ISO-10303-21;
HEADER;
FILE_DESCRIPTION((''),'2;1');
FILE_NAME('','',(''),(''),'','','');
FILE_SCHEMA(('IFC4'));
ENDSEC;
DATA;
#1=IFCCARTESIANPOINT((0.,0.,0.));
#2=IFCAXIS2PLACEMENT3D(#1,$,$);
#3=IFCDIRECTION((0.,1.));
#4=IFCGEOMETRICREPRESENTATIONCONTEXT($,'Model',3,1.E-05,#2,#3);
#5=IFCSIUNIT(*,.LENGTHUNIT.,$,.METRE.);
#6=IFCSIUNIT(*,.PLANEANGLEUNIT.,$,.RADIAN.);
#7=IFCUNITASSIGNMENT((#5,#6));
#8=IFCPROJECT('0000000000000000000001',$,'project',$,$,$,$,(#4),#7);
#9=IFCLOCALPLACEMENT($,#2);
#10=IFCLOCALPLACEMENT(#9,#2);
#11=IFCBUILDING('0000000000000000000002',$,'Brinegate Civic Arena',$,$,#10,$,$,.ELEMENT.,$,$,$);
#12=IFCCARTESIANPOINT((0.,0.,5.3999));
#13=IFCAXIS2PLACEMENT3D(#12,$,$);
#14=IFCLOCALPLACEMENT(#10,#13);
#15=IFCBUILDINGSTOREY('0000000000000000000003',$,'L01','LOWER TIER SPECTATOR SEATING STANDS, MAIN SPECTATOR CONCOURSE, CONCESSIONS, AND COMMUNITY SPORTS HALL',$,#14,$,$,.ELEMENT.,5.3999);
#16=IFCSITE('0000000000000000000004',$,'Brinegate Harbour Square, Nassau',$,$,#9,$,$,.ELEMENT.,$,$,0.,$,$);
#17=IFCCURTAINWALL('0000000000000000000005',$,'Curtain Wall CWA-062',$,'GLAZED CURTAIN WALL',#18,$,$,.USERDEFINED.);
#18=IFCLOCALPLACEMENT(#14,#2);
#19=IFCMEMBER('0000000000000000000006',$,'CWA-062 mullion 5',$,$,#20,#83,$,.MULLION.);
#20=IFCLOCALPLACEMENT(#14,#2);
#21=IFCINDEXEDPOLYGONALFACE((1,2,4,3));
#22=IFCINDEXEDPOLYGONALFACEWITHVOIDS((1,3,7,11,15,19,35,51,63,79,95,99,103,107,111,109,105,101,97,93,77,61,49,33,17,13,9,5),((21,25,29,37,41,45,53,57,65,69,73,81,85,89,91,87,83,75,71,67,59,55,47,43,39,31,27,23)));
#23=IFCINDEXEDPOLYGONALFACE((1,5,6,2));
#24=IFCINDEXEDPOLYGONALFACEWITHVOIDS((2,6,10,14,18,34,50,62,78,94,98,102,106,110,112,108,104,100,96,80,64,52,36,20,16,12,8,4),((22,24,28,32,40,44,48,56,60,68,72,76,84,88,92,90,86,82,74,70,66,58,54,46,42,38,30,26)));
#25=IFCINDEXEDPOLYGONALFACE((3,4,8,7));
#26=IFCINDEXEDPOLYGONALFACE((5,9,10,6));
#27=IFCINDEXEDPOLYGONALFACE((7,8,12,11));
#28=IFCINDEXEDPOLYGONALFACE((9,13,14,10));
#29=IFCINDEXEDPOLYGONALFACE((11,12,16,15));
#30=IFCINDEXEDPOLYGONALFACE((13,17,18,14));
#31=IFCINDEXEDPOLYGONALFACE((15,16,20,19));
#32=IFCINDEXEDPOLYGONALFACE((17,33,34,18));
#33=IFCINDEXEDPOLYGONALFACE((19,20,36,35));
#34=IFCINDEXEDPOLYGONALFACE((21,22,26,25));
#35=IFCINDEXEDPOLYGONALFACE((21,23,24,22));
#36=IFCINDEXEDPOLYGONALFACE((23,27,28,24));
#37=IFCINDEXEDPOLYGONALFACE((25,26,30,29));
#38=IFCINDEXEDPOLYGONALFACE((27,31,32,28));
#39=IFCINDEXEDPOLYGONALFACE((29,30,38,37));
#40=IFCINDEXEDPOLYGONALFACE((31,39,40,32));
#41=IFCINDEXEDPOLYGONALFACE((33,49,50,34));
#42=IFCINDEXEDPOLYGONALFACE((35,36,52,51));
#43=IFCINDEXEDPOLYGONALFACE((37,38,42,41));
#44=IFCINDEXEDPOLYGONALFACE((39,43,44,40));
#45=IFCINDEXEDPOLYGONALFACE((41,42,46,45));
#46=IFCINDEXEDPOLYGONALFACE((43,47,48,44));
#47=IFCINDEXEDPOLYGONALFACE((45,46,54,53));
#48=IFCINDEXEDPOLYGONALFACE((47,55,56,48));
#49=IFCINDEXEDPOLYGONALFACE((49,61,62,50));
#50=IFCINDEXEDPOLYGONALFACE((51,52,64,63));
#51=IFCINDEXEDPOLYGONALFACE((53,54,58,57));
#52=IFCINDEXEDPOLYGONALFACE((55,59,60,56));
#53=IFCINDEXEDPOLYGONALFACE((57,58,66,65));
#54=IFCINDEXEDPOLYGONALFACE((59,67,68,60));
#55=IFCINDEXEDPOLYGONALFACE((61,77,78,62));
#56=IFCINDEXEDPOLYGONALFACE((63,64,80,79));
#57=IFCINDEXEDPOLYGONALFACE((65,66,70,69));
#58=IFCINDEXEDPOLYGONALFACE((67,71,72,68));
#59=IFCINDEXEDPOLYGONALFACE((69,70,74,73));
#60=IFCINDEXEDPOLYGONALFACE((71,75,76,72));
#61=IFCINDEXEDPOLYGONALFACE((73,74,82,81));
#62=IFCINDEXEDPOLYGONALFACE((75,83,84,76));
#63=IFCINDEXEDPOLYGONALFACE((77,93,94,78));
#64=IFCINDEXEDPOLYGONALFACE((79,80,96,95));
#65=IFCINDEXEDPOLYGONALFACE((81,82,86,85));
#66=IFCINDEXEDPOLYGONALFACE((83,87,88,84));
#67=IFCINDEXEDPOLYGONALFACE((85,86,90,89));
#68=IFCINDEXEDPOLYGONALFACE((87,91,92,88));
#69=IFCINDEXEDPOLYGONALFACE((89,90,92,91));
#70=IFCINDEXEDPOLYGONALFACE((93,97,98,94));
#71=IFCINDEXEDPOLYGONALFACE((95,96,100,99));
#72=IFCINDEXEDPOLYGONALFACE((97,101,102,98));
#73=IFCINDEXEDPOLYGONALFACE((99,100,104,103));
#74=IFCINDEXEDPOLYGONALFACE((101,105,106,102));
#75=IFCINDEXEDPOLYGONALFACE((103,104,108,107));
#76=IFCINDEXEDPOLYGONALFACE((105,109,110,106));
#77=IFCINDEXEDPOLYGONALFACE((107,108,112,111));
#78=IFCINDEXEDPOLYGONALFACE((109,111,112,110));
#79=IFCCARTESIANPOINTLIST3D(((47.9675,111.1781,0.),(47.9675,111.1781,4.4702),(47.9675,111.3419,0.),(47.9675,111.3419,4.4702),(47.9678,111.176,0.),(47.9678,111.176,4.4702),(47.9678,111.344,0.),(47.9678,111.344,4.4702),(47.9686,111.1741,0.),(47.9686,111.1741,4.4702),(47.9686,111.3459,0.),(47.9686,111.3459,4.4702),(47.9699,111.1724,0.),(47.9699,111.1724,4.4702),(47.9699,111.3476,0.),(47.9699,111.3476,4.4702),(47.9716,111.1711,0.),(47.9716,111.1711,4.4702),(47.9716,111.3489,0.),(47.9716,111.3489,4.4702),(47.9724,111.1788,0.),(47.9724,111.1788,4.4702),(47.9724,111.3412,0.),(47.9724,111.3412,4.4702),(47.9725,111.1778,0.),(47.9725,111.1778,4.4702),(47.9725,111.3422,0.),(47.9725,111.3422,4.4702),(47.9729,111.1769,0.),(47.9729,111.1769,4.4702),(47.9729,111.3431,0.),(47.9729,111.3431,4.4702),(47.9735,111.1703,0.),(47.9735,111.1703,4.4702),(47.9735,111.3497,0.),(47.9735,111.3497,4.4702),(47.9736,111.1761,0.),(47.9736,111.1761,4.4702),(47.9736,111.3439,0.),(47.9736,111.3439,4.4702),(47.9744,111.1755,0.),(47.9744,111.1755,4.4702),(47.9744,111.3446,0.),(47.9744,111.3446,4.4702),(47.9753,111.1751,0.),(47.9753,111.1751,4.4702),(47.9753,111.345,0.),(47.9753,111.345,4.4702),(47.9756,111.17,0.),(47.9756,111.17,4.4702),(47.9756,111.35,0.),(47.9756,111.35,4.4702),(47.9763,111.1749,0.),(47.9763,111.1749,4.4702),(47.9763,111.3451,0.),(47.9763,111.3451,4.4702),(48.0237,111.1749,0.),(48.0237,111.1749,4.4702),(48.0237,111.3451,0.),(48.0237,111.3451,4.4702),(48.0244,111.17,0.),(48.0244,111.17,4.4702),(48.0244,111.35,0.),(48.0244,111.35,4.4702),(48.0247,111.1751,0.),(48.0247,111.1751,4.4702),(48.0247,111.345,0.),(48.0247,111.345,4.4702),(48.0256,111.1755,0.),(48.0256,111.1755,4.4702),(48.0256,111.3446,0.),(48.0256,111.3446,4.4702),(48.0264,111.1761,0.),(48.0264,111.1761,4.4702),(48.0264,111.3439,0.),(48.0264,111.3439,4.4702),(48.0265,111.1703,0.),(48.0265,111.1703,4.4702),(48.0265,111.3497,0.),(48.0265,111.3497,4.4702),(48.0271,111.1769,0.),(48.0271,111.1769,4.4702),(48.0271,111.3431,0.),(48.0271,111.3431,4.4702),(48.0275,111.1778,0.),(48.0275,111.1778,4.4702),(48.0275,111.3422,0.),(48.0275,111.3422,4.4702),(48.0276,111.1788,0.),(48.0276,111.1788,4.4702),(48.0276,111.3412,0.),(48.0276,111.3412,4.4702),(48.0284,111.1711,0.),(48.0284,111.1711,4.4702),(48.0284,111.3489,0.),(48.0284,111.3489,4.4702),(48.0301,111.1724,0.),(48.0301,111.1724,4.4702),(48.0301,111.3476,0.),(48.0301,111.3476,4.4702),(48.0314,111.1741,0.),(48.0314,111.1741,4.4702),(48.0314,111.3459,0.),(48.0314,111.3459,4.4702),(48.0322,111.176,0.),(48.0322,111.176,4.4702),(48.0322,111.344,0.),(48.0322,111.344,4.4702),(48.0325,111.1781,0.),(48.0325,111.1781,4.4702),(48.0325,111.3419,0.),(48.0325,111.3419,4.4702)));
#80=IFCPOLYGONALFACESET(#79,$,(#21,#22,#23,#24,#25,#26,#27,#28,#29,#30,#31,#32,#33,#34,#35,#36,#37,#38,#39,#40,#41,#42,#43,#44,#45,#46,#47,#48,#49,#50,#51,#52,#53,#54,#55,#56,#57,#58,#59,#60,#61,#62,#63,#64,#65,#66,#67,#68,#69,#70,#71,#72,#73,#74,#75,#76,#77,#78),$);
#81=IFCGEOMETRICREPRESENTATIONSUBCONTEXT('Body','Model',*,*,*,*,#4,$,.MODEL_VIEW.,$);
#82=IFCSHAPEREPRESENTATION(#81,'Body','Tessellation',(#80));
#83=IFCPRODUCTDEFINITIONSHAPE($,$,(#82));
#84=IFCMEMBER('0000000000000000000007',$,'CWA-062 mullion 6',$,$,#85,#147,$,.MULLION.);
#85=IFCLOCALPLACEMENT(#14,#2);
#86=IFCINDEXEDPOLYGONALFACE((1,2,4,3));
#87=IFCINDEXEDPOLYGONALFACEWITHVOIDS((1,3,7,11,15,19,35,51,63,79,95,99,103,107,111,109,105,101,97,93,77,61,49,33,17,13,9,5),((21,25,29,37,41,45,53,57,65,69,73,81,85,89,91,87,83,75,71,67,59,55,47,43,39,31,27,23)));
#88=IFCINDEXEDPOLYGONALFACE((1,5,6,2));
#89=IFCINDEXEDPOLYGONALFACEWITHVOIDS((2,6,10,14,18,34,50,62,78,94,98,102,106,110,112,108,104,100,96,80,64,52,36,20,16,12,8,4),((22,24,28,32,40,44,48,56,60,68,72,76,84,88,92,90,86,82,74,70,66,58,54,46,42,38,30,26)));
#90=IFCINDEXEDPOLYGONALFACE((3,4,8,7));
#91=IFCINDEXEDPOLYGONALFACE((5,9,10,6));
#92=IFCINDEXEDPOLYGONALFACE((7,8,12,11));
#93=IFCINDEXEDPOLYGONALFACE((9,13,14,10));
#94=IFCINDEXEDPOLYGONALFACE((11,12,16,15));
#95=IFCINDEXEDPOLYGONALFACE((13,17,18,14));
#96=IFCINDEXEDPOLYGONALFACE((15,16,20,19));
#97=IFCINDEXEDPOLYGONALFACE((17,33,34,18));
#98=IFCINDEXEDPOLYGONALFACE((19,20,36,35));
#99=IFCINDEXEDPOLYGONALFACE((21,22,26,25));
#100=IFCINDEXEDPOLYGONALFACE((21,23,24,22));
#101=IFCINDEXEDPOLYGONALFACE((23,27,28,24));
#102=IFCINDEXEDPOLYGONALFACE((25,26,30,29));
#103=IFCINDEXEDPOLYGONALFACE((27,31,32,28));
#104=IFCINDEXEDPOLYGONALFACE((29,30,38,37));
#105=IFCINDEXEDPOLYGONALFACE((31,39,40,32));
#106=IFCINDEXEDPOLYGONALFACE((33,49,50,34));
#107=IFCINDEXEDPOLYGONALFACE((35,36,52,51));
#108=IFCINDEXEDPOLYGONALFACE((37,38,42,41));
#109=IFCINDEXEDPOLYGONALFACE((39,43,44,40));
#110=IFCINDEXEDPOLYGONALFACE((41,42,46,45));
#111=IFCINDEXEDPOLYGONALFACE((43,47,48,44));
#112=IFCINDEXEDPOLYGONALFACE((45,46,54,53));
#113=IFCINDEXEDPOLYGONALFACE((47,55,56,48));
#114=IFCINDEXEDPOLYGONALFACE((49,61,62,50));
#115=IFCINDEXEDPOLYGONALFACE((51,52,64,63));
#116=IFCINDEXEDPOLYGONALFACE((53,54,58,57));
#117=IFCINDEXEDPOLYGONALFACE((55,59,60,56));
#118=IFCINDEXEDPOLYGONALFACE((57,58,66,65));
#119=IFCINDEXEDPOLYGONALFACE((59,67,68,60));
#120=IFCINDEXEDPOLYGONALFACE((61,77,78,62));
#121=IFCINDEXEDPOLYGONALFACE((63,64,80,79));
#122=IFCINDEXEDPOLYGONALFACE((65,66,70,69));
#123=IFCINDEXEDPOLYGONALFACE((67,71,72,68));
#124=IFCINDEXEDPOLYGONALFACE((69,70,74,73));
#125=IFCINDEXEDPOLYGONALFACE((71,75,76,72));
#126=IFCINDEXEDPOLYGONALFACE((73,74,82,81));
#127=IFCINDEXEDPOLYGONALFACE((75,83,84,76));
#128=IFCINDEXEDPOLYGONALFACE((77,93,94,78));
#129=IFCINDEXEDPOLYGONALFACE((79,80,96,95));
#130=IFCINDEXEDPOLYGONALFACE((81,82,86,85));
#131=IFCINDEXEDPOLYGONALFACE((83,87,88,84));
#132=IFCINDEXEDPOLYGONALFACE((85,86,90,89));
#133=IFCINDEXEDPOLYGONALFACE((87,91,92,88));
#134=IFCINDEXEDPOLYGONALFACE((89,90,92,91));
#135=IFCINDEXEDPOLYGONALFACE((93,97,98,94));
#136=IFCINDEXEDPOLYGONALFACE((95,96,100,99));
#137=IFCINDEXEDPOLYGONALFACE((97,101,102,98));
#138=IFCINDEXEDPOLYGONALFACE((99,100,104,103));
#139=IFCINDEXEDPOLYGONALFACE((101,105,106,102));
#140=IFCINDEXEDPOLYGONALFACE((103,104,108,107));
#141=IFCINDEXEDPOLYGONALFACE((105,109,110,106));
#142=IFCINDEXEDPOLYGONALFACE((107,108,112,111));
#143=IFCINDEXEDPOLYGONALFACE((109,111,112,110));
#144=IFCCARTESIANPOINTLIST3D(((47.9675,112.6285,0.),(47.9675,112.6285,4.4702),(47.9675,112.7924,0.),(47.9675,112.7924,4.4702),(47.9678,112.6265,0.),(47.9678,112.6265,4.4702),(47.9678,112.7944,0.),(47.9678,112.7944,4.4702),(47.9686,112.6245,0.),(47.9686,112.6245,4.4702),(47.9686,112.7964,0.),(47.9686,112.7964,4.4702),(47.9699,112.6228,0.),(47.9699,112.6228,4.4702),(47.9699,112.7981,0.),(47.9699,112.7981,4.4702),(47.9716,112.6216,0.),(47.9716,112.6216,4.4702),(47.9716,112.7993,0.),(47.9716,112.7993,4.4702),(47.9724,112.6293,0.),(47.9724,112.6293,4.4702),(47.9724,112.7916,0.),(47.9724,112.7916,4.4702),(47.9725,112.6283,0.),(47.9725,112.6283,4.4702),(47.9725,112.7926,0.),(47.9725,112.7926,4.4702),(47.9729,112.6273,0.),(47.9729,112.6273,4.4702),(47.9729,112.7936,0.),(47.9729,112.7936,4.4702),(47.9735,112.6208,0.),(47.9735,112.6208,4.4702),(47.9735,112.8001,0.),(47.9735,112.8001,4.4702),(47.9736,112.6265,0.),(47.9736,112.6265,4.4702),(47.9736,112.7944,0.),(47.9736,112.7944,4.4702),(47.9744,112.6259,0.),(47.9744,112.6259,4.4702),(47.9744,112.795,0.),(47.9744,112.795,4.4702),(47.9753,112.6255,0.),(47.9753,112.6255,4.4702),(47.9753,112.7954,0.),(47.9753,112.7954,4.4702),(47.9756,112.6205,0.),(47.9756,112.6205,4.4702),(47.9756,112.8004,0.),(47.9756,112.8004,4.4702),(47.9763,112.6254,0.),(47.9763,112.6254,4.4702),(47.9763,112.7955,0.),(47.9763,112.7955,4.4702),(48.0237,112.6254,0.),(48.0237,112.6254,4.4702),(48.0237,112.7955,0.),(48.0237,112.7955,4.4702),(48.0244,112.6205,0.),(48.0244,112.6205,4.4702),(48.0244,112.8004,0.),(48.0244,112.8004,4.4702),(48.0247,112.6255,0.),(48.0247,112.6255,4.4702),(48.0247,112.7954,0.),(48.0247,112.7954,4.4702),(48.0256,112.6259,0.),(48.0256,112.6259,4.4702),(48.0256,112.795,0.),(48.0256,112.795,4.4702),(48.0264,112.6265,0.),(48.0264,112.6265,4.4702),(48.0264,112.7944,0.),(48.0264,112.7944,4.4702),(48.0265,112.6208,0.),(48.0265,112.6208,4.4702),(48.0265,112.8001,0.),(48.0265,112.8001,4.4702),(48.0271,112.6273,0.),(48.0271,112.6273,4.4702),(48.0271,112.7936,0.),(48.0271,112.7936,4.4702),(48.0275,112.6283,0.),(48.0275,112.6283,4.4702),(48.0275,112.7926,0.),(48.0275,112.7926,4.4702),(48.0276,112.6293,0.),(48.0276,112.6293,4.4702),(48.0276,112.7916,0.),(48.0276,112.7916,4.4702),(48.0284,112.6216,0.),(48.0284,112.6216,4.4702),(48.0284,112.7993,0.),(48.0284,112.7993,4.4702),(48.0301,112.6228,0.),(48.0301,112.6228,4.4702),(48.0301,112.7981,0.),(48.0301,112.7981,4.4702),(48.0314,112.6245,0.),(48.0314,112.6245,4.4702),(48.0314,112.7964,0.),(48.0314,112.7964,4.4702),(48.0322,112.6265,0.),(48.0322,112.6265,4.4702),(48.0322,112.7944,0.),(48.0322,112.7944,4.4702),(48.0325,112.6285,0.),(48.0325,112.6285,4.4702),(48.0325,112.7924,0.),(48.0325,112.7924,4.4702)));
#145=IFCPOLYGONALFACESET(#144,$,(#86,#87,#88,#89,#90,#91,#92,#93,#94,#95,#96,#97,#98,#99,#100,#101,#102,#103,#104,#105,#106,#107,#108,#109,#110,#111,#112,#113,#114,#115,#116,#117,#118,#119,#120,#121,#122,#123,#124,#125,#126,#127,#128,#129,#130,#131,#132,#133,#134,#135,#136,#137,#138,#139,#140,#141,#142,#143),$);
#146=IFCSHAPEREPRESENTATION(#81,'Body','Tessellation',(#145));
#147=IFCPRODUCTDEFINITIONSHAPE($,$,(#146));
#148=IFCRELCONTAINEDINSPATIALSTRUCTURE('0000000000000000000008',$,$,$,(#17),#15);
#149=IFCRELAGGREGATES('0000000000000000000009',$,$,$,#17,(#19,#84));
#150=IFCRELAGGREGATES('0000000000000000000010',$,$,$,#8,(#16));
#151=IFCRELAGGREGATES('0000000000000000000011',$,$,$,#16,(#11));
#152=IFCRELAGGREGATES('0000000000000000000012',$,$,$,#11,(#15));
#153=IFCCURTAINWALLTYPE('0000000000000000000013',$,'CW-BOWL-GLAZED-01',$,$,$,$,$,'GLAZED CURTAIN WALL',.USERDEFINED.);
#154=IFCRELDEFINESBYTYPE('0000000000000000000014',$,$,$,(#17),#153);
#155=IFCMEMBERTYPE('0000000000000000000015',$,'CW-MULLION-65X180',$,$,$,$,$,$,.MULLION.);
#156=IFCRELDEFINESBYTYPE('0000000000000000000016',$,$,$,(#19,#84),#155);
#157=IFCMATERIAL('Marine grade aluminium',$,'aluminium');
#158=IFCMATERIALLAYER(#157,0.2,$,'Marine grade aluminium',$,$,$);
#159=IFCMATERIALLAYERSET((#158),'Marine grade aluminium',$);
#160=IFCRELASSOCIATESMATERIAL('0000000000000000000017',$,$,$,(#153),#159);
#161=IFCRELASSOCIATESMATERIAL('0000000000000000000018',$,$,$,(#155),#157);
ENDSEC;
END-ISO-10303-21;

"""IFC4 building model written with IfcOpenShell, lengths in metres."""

from ifc_helpers import new_model, si_unit, direction, frame, origin, origin_2d, place, context, subcontext, project, spatial, hollow_rectangle, extrude, material, layer, layer_set, material_profile, profile_set, type_object, element, aggregate, save


model = new_model("IFC4")

# Units and contexts
model_context = context("Model", 3, precision=1e-05, world=origin(), true_north=direction((0.0, 1.0)))
body_context = subcontext(model_context, "Body", "Model", "MODEL_VIEW")
ifc_project = project(units=[si_unit("LENGTHUNIT", "METRE"), si_unit("PLANEANGLEUNIT", "RADIAN")], contexts=[model_context])

# Site, building, storey
site_placement = place(None, origin())
site = spatial("IfcSite", under=ifc_project, at=site_placement, Name="Brinegate Harbour Square, Nassau", CompositionType="ELEMENT", RefElevation=0.0)
building_placement = place(site_placement, origin())
building = spatial("IfcBuilding", under=site, at=building_placement, Name="Brinegate Civic Arena", CompositionType="ELEMENT")
storey_placement = place(building_placement, frame((0.0, 0.0, 5.3999)))
storey = spatial("IfcBuildingStorey", under=building, at=storey_placement, Name="L01", Description="LOWER TIER SPECTATOR SEATING STANDS, MAIN SPECTATOR CONCOURSE, CONCESSIONS, AND COMMUNITY SPORTS HALL", CompositionType="ELEMENT", Elevation=5.3999)

# Curtain wall, members
ifc_material_1 = material(Name="Marine grade aluminium", Category="aluminium")
ifc_layer_1 = layer(ifc_material_1, 0.2, Name="Marine grade aluminium")
ifc_layer_set_1 = layer_set([ifc_layer_1], Name="Marine grade aluminium")
curtain_wall_type = type_object("IfcCurtainWallType", Name="CW-BOWL-GLAZED-01", ElementType="GLAZED CURTAIN WALL", PredefinedType="USERDEFINED", material=ifc_layer_set_1)
curtain_wall_placement = place(storey_placement, origin())
curtain_wall = element("IfcCurtainWall", 1, at=curtain_wall_placement, inside=storey, type_object=curtain_wall_type, Name="Curtain Wall CWA-062", ObjectType="GLAZED CURTAIN WALL", PredefinedType="USERDEFINED")
ifc_material_profile_1 = material_profile(ifc_material_1, hollow_rectangle(XDim=0.0649, YDim=0.1799, WallThickness=0.0049, InnerFilletRadius=0.0039, OuterFilletRadius=0.0081, at=origin_2d()), Name="MUL65X180")
ifc_profile_set_1 = profile_set([ifc_material_profile_1], Name="Marine grade aluminium")
member_type_1 = type_object("IfcMemberType", Name="CW-MULLION-65X180", PredefinedType="MULLION", material=ifc_profile_set_1)
member_1_placement = place(storey_placement, frame((48.0, 111.26, 0.0), z_axis=(0.0, 0.0, 1.0), x_axis=(-1.0, 0.0, 0.0)))
member_1 = element("IfcMember", 2, at=member_1_placement, type_object=member_type_1, Name="CWA-062 mullion 5", PredefinedType="MULLION", context=body_context, shape_type="SweptSolid", body=[
    extrude(hollow_rectangle(XDim=0.0649, YDim=0.1799, WallThickness=0.0049, InnerFilletRadius=0.0039, OuterFilletRadius=0.0081, at=origin_2d()), origin(), (0.0, 0.0, 1.0), 4.4702),
])
member_2_placement = place(storey_placement, frame((48.0, 112.7104, 0.0), z_axis=(0.0, 0.0, 1.0), x_axis=(-1.0, 0.0, 0.0)))
member_2 = element("IfcMember", 3, at=member_2_placement, type_object=member_type_1, Name="CWA-062 mullion 6", PredefinedType="MULLION", context=body_context, shape_type="SweptSolid", body=[
    extrude(hollow_rectangle(XDim=0.0649, YDim=0.1799, WallThickness=0.0049, InnerFilletRadius=0.0039, OuterFilletRadius=0.0081, at=origin_2d()), origin(), (0.0, 0.0, 1.0), 4.4702),
])

aggregate(curtain_wall, [member_1, member_2])

save(model, "model.ifc")
